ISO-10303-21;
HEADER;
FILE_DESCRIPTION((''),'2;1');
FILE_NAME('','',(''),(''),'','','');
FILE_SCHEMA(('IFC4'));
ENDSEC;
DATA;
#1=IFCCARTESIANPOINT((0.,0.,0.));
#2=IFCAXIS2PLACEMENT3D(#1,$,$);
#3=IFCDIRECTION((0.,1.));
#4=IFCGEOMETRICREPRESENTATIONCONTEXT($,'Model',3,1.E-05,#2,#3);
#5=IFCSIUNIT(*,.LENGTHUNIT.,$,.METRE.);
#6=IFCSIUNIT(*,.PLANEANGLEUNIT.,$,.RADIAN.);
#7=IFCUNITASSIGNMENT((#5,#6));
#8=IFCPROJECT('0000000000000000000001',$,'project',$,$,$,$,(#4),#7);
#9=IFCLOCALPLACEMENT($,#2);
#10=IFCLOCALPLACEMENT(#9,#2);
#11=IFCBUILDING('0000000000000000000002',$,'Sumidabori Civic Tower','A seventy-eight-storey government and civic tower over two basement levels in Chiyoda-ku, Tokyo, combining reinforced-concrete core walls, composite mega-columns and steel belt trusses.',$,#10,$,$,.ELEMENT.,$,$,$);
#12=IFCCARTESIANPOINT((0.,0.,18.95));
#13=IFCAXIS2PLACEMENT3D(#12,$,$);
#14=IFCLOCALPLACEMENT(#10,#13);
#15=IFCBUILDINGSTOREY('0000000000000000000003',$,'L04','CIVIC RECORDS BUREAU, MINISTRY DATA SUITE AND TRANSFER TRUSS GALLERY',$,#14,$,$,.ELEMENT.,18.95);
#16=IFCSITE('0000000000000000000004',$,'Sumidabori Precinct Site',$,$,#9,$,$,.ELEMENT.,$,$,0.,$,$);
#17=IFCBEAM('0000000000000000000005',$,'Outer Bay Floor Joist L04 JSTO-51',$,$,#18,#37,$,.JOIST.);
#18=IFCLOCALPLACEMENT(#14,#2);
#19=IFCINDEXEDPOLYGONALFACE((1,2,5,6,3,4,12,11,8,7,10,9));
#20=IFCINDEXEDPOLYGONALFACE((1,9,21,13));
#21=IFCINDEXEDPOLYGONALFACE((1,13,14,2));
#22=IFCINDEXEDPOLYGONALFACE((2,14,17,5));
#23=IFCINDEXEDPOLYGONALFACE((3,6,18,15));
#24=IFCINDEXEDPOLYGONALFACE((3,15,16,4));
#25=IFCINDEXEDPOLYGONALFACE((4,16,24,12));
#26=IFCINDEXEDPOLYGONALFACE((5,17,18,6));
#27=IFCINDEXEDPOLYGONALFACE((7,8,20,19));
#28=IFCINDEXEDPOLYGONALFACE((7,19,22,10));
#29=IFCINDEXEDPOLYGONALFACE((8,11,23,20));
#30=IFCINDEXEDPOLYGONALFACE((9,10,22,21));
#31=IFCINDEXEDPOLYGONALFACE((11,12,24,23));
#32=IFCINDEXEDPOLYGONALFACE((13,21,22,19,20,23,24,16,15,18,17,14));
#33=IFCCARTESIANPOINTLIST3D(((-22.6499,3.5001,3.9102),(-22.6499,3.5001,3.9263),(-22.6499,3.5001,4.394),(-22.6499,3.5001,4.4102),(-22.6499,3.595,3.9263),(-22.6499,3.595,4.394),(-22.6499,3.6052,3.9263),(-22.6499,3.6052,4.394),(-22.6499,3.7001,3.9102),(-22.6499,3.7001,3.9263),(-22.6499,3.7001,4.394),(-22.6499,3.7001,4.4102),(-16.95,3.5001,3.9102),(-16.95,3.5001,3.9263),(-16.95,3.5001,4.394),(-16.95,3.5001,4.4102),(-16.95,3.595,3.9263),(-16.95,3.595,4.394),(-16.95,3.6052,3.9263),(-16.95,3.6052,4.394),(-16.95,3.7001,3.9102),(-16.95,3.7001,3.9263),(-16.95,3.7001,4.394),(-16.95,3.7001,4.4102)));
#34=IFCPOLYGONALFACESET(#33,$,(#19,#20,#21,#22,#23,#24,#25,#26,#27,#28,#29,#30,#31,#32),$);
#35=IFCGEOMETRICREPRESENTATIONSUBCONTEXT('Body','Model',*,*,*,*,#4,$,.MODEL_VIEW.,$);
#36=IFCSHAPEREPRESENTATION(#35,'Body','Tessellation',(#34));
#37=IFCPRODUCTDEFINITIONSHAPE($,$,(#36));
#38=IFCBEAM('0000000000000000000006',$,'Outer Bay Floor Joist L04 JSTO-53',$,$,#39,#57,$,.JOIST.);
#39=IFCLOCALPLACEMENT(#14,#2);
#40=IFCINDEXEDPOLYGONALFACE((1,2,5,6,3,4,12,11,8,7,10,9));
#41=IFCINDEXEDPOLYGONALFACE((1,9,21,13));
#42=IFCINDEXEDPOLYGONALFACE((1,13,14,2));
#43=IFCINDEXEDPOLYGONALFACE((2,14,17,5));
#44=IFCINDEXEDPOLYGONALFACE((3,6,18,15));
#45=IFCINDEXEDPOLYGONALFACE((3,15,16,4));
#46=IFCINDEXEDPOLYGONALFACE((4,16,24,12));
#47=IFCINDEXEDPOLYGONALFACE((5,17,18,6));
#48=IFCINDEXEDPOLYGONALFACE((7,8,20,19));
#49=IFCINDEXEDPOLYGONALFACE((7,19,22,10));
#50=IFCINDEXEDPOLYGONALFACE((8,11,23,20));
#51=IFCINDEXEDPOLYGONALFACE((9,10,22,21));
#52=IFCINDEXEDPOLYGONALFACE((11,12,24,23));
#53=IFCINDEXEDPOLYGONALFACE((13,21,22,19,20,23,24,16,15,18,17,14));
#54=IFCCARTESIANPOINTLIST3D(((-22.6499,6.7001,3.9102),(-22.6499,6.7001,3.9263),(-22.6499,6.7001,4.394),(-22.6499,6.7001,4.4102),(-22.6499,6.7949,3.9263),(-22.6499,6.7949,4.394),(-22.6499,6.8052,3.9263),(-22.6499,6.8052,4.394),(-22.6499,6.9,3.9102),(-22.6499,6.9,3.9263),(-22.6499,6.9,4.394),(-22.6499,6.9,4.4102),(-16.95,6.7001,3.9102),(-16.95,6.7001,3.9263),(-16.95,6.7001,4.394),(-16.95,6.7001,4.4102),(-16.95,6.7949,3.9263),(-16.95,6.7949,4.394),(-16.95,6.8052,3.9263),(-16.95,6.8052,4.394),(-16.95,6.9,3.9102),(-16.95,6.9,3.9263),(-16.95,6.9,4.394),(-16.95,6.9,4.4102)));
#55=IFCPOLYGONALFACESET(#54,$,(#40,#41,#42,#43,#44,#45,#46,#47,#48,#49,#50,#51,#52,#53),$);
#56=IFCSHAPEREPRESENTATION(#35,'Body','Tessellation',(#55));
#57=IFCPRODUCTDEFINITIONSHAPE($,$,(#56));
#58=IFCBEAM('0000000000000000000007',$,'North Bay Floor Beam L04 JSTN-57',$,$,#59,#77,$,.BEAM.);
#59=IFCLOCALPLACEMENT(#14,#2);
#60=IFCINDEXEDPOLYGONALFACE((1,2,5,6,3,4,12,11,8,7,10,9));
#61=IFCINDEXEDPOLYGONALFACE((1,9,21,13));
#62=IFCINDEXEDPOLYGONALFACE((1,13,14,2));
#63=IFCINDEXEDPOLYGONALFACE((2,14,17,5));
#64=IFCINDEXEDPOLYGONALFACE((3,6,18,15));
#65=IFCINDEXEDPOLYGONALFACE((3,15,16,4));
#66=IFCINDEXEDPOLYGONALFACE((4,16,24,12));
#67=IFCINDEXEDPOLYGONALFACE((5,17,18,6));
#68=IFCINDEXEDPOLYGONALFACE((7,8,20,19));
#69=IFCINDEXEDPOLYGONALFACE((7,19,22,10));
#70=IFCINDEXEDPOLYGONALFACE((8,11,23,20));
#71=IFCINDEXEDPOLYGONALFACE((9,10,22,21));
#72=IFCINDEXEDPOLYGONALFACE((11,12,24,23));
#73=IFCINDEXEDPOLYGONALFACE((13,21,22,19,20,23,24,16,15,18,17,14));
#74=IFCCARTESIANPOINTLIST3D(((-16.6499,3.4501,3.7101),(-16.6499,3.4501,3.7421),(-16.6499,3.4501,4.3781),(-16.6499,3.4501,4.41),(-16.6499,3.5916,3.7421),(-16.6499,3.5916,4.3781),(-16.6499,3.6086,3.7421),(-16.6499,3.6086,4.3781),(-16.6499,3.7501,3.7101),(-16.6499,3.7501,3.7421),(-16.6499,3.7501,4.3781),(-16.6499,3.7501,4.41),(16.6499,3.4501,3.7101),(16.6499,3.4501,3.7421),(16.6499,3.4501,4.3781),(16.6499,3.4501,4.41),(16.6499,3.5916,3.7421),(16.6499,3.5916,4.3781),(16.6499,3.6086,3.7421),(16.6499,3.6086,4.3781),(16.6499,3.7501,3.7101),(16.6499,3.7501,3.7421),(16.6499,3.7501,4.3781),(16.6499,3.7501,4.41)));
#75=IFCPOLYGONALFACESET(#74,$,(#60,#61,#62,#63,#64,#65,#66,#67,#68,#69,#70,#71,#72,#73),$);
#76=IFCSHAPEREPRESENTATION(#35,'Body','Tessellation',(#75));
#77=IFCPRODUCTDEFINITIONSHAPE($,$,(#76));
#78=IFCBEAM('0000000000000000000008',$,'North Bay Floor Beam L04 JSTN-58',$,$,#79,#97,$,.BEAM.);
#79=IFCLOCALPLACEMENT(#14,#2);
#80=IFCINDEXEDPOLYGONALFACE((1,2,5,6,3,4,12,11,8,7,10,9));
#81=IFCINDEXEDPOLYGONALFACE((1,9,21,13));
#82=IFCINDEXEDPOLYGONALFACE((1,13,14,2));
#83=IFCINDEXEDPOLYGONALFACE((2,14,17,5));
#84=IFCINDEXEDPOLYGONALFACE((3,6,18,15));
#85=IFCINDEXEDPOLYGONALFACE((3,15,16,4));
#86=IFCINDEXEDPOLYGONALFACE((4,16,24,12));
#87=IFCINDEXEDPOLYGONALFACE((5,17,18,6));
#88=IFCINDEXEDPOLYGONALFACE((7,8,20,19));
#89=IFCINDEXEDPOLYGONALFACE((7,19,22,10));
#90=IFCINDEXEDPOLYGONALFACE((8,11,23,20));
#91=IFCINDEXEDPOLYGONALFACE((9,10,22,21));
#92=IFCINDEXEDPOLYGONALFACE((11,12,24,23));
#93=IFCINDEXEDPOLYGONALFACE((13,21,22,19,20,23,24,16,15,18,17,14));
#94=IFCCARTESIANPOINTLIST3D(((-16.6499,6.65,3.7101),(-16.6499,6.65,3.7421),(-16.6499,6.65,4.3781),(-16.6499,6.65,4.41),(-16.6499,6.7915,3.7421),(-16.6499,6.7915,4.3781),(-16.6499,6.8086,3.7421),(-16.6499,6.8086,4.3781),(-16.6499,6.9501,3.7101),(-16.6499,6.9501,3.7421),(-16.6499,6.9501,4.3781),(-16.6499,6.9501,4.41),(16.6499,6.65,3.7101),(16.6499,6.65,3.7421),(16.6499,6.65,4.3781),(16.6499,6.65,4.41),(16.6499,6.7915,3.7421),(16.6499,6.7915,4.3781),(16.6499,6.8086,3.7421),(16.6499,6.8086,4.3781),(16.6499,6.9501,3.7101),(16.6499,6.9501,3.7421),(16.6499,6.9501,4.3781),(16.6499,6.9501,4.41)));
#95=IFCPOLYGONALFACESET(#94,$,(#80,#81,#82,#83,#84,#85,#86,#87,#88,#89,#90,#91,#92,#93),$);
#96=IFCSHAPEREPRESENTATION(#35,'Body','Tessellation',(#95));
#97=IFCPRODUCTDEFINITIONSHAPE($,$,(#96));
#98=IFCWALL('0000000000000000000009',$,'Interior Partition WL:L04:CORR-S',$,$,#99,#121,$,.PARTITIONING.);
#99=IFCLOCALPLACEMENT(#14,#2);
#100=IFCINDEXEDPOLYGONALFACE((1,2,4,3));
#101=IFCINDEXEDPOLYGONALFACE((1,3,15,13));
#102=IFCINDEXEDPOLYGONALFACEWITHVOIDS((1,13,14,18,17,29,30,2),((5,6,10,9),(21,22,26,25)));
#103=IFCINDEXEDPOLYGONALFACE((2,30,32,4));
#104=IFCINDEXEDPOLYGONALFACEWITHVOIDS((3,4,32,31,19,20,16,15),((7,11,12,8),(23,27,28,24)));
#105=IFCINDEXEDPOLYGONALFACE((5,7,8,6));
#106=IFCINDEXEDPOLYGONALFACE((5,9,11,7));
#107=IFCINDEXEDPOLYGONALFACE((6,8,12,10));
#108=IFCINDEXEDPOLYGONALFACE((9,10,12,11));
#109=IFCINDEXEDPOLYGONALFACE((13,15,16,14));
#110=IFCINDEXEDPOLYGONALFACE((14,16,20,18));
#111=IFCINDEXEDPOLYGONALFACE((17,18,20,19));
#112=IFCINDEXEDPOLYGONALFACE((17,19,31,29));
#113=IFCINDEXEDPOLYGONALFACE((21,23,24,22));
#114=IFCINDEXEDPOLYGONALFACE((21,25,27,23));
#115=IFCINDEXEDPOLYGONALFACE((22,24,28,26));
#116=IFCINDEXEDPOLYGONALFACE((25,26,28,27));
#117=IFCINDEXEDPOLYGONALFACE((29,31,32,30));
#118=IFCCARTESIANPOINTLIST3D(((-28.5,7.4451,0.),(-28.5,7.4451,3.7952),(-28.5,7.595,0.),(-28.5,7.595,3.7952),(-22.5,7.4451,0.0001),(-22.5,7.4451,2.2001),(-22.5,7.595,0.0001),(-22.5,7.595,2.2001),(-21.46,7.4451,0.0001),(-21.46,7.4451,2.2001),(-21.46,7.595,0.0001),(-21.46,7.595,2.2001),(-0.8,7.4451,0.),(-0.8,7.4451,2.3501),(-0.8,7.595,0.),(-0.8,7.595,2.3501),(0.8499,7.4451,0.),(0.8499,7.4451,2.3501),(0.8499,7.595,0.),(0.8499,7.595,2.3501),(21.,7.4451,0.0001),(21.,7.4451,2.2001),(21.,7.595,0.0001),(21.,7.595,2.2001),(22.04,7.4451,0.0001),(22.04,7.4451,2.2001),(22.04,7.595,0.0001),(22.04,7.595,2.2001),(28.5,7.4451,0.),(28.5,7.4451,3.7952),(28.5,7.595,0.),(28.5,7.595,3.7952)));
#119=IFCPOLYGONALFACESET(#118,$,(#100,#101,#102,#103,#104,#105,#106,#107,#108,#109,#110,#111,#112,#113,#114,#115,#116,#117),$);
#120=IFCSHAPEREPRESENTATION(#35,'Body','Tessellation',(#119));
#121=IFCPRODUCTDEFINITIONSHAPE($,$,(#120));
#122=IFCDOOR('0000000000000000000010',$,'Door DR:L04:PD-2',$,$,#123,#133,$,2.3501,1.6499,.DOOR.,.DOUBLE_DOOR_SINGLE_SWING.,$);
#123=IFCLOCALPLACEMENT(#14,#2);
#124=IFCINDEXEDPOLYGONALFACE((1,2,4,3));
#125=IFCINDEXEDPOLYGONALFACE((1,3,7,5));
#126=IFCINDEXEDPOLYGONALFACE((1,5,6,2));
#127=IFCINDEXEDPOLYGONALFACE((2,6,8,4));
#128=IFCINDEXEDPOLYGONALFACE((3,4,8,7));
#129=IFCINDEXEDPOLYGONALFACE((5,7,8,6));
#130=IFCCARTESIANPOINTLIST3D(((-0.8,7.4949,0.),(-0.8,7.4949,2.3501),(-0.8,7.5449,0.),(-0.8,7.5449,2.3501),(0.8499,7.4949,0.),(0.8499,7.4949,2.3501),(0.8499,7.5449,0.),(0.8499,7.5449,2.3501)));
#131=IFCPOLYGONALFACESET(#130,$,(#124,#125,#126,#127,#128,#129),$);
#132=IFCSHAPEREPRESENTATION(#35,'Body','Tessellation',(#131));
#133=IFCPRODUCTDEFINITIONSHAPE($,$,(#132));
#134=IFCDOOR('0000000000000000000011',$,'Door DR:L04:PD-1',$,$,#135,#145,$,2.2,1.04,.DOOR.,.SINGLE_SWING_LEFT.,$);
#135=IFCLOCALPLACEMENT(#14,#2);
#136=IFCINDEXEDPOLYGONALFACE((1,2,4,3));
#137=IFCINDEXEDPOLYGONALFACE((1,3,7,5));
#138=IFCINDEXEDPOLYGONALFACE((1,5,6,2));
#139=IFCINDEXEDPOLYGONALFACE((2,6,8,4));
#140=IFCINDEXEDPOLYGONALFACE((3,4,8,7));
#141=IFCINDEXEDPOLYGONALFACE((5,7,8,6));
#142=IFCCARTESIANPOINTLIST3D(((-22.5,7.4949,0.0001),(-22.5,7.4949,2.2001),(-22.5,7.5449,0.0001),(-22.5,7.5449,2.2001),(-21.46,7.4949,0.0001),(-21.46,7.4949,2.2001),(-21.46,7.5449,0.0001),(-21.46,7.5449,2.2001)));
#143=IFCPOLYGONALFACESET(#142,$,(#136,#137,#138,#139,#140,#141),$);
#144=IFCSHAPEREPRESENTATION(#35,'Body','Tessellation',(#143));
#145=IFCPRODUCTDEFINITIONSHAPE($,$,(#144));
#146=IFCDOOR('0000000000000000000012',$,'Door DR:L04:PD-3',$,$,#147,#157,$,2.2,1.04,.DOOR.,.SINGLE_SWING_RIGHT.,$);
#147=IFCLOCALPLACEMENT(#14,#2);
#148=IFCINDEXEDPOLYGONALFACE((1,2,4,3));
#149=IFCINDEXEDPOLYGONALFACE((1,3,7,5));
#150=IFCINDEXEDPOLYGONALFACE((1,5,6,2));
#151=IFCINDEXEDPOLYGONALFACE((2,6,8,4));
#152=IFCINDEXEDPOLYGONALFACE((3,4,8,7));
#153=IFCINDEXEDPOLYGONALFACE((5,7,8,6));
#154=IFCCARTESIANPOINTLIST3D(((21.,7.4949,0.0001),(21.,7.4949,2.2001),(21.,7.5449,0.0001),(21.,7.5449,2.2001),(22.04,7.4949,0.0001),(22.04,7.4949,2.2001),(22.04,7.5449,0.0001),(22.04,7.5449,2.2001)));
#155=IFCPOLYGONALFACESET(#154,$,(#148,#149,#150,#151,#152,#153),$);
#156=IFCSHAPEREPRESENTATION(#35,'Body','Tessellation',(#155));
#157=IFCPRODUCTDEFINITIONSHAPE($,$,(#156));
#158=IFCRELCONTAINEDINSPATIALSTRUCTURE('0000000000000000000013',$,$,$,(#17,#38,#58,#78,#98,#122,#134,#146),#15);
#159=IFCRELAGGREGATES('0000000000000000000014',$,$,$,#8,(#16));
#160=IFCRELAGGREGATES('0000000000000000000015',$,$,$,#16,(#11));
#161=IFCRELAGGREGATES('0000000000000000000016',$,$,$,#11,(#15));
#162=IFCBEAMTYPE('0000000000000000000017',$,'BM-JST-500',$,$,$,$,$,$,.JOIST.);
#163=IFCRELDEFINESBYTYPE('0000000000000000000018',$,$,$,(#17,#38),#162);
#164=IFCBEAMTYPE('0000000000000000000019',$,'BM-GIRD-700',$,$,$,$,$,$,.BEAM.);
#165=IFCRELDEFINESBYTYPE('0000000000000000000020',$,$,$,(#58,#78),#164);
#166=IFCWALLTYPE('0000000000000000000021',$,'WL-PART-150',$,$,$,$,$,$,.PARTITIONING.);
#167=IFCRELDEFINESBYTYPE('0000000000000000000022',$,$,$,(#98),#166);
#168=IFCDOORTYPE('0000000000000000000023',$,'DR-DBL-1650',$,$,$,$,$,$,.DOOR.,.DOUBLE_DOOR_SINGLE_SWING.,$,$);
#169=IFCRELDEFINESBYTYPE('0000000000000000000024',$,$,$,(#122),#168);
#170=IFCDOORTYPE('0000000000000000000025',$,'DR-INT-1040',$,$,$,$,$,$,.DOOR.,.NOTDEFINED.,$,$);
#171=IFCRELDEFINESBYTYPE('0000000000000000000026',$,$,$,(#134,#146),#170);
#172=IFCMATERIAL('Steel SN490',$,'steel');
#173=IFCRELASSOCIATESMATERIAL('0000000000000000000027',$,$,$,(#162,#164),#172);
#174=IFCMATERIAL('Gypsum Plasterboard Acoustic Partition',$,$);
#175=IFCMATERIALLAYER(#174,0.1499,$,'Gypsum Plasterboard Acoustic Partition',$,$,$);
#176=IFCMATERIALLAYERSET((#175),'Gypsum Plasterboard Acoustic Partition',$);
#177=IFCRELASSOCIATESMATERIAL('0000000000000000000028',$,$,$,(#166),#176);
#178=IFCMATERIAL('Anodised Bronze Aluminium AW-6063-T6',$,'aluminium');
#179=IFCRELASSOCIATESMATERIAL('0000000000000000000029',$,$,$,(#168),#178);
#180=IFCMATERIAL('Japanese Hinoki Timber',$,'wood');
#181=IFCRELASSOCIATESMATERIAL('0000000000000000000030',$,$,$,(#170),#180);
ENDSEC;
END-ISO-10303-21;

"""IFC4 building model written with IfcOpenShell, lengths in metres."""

from ifc_helpers import new_model, si_unit, direction, frame, frame_2d, origin, origin_2d, place, context, subcontext, project, spatial, rectangle, i_section, extrude, source, transform, mapped, material, layer, layer_set, material_profile, profile_set, type_object, element, fill, save


model = new_model("IFC4")

# Units and contexts
model_context = context("Model", 3, precision=1e-05, world=origin(), true_north=direction((0.0, 1.0)))
body_context = subcontext(model_context, "Body", "Model", "MODEL_VIEW")
ifc_project = project(units=[si_unit("LENGTHUNIT", "METRE"), si_unit("PLANEANGLEUNIT", "RADIAN")], contexts=[model_context])

# Site, building, storey
site_placement = place(None, origin())
site = spatial("IfcSite", under=ifc_project, at=site_placement, Name="Sumidabori Precinct Site", CompositionType="ELEMENT", RefElevation=0.0)
building_placement = place(site_placement, origin())
building = spatial("IfcBuilding", under=site, at=building_placement, Name="Sumidabori Civic Tower", Description="A seventy-eight-storey government and civic tower over two basement levels in Chiyoda-ku, Tokyo, combining reinforced-concrete core walls, composite mega-columns and steel belt trusses.", CompositionType="ELEMENT")
storey_placement = place(building_placement, frame((0.0, 0.0, 18.95)))
storey = spatial("IfcBuildingStorey", under=building, at=storey_placement, Name="L04", Description="CIVIC RECORDS BUREAU, MINISTRY DATA SUITE AND TRANSFER TRUSS GALLERY", CompositionType="ELEMENT", Elevation=18.95)

# Beams
ifc_material_1 = material(Name="Steel SN490", Category="steel")
ifc_material_profile_1 = material_profile(ifc_material_1, i_section(OverallWidth=0.2, OverallDepth=0.5, WebThickness=0.0103, FlangeThickness=0.0161, at=origin_2d()), Name="IPE 500")
ifc_profile_set_1 = profile_set([ifc_material_profile_1], Name="Steel SN490")
beam_type_1 = type_object("IfcBeamType", Name="BM-JST-500", PredefinedType="JOIST", material=ifc_profile_set_1)
shared_shape_1 = source(origin(), body_context, "Body", "SweptSolid", [
    extrude(i_section(OverallWidth=0.2, OverallDepth=0.5, WebThickness=0.0103, FlangeThickness=0.0161, at=origin_2d()), origin(), (0.0, 0.0, 1.0), 5.7),
])
for number, where, z_axis, x_axis, name in (
    (1, (-22.6499, 3.6001, 4.1602), (1.0, 0.0, 0.0), (0.0, 1.0, 0.0), "Outer Bay Floor Joist L04 JSTO-51"),
    (2, (-22.6499, 6.8, 4.1602), (1.0, 0.0, 0.0), (0.0, 1.0, 0.0), "Outer Bay Floor Joist L04 JSTO-53"),
):
    element("IfcBeam", number, at=place(storey_placement, frame(where, z_axis=z_axis, x_axis=x_axis)), inside=storey, type_object=beam_type_1, Name=name, PredefinedType="JOIST", context=body_context, shape_type="MappedRepresentation", body=[
        mapped(shared_shape_1, transform((0.0, 0.0, 0.0), x_axis=(1.0, 0.0, 0.0), y_axis=(0.0, 1.0, 0.0), z_axis=(0.0, 0.0, 1.0), scale=1.0)),
    ])
ifc_material_profile_2 = material_profile(ifc_material_1, i_section(OverallWidth=0.3, OverallDepth=0.7, WebThickness=0.0171, FlangeThickness=0.032, at=origin_2d()), Name="HE 700 B")
ifc_profile_set_2 = profile_set([ifc_material_profile_2], Name="Steel SN490")
beam_type_2 = type_object("IfcBeamType", Name="BM-GIRD-700", PredefinedType="BEAM", material=ifc_profile_set_2)
shared_shape_2 = source(origin(), body_context, "Body", "SweptSolid", [
    extrude(i_section(OverallWidth=0.3, OverallDepth=0.7, WebThickness=0.0171, FlangeThickness=0.032, at=origin_2d()), origin(), (0.0, 0.0, 1.0), 33.2998),
])
for number, where, z_axis, x_axis, name in (
    (3, (-16.6499, 3.6001, 4.0601), (1.0, 0.0, 0.0), (0.0, 1.0, 0.0), "North Bay Floor Beam L04 JSTN-57"),
    (4, (-16.6499, 6.8, 4.0601), (1.0, 0.0, 0.0), (0.0, 1.0, 0.0), "North Bay Floor Beam L04 JSTN-58"),
):
    element("IfcBeam", number, at=place(storey_placement, frame(where, z_axis=z_axis, x_axis=x_axis)), inside=storey, type_object=beam_type_2, Name=name, PredefinedType="BEAM", context=body_context, shape_type="MappedRepresentation", body=[
        mapped(shared_shape_2, transform((0.0, 0.0, 0.0), x_axis=(1.0, 0.0, 0.0), y_axis=(0.0, 1.0, 0.0), z_axis=(0.0, 0.0, 1.0), scale=1.0)),
    ])

# Wall, openings, doors
ifc_material_2 = material(Name="Gypsum Plasterboard Acoustic Partition")
ifc_layer_1 = layer(ifc_material_2, 0.1499, Name="Gypsum Plasterboard Acoustic Partition")
ifc_layer_set_1 = layer_set([ifc_layer_1], Name="Gypsum Plasterboard Acoustic Partition")
wall_type_1 = type_object("IfcWallType", Name="WL-PART-150", PredefinedType="PARTITIONING", material=ifc_layer_set_1)
shared_shape_3 = source(origin(), body_context, "Body", "SweptSolid", [
    extrude(rectangle(XDim=57.0, YDim=0.1499, at=frame_2d((28.5, 0.0))), origin(), (0.0, 0.0, 1.0), 3.7952),
])
wall_1_placement = place(storey_placement, frame((-28.5, 7.52, 0.0), z_axis=(0.0, 0.0, 1.0), x_axis=(1.0, 0.0, 0.0)))
wall_1 = element("IfcWall", 5, at=wall_1_placement, inside=storey, type_object=wall_type_1, Name="Interior Partition WL:L04:CORR-S", PredefinedType="PARTITIONING", context=body_context, shape_type="MappedRepresentation", body=[
    mapped(shared_shape_3, transform((0.0, 0.0, 0.0), x_axis=(1.0, 0.0, 0.0), y_axis=(0.0, 1.0, 0.0), z_axis=(0.0, 0.0, 1.0), scale=1.0)),
])
opening_1_placement = place(wall_1_placement, frame((6.0, 0.0, 0.0)))
opening_1 = element("IfcOpeningElement", 6, at=opening_1_placement, cuts=wall_1, PredefinedType="OPENING", context=body_context, shape_type="SweptSolid", body=[
    extrude(rectangle(XDim=1.04, YDim=2.2, at=frame_2d((0.52, 1.1001))), frame((0.0, 0.0869, 0.0), z_axis=(0.0, -1.0, 0.0), x_axis=(1.0, 0.0, 0.0)), (0.0, 0.0, 1.0), 0.1738),
])
opening_2_placement = place(wall_1_placement, frame((27.7, 0.0, 0.0)))
opening_2 = element("IfcOpeningElement", 7, at=opening_2_placement, cuts=wall_1, PredefinedType="OPENING", context=body_context, shape_type="SweptSolid", body=[
    extrude(rectangle(XDim=1.6499, YDim=2.3501, at=frame_2d((0.825, 1.175))), frame((0.0, 0.0869, 0.0), z_axis=(0.0, -1.0, 0.0), x_axis=(1.0, 0.0, 0.0)), (0.0, 0.0, 1.0), 0.1738),
])
opening_3_placement = place(wall_1_placement, frame((49.5, 0.0, 0.0)))
opening_3 = element("IfcOpeningElement", 8, at=opening_3_placement, cuts=wall_1, PredefinedType="OPENING", context=body_context, shape_type="SweptSolid", body=[
    extrude(rectangle(XDim=1.04, YDim=2.2, at=frame_2d((0.52, 1.1001))), frame((0.0, 0.0869, 0.0), z_axis=(0.0, -1.0, 0.0), x_axis=(1.0, 0.0, 0.0)), (0.0, 0.0, 1.0), 0.1738),
])
ifc_material_3 = material(Name="Anodised Bronze Aluminium AW-6063-T6", Category="aluminium")
door_type_1 = type_object("IfcDoorType", Name="DR-DBL-1650", OperationType="DOUBLE_DOOR_SINGLE_SWING", PredefinedType="DOOR", material=ifc_material_3)
shared_shape_4 = source(origin(), body_context, "Body", "SweptSolid", [
    extrude(rectangle(XDim=1.6499, YDim=2.3501, at=frame_2d((0.825, 1.175))), frame((0.0, 0.0249, 0.0), z_axis=(0.0, -1.0, 0.0), x_axis=(1.0, 0.0, 0.0)), (0.0, 0.0, 1.0), 0.05),
])
door_1_placement = place(opening_2_placement, origin())
door_1 = element("IfcDoor", 9, at=door_1_placement, inside=storey, type_object=door_type_1, Name="Door DR:L04:PD-2", OperationType="DOUBLE_DOOR_SINGLE_SWING", OverallHeight=2.3501, OverallWidth=1.6499, PredefinedType="DOOR", context=body_context, shape_type="MappedRepresentation", body=[
    mapped(shared_shape_4, transform((0.0, 0.0, 0.0), x_axis=(1.0, 0.0, 0.0), y_axis=(0.0, 1.0, 0.0), z_axis=(0.0, 0.0, 1.0), scale=1.0)),
])
fill(opening_2, door_1)
ifc_material_4 = material(Name="Japanese Hinoki Timber", Category="wood")
door_type_2 = type_object("IfcDoorType", Name="DR-INT-1040", OperationType="NOTDEFINED", PredefinedType="DOOR", material=ifc_material_4)
shared_shape_5 = source(origin(), body_context, "Body", "SweptSolid", [
    extrude(rectangle(XDim=1.04, YDim=2.2, at=frame_2d((0.52, 1.1001))), frame((0.0, 0.0249, 0.0), z_axis=(0.0, -1.0, 0.0), x_axis=(1.0, 0.0, 0.0)), (0.0, 0.0, 1.0), 0.05),
])
door_2_placement = place(opening_1_placement, origin())
door_2 = element("IfcDoor", 10, at=door_2_placement, inside=storey, type_object=door_type_2, Name="Door DR:L04:PD-1", OperationType="SINGLE_SWING_LEFT", OverallHeight=2.2, OverallWidth=1.04, PredefinedType="DOOR", context=body_context, shape_type="MappedRepresentation", body=[
    mapped(shared_shape_5, transform((0.0, 0.0, 0.0), x_axis=(1.0, 0.0, 0.0), y_axis=(0.0, 1.0, 0.0), z_axis=(0.0, 0.0, 1.0), scale=1.0)),
])
fill(opening_1, door_2)
door_3_placement = place(opening_3_placement, origin())
door_3 = element("IfcDoor", 11, at=door_3_placement, inside=storey, type_object=door_type_2, Name="Door DR:L04:PD-3", OperationType="SINGLE_SWING_RIGHT", OverallHeight=2.2, OverallWidth=1.04, PredefinedType="DOOR", context=body_context, shape_type="MappedRepresentation", body=[
    mapped(shared_shape_5, transform((0.0, 0.0, 0.0), x_axis=(1.0, 0.0, 0.0), y_axis=(0.0, 1.0, 0.0), z_axis=(0.0, 0.0, 1.0), scale=1.0)),
])
fill(opening_3, door_3)

save(model, "model.ifc")
